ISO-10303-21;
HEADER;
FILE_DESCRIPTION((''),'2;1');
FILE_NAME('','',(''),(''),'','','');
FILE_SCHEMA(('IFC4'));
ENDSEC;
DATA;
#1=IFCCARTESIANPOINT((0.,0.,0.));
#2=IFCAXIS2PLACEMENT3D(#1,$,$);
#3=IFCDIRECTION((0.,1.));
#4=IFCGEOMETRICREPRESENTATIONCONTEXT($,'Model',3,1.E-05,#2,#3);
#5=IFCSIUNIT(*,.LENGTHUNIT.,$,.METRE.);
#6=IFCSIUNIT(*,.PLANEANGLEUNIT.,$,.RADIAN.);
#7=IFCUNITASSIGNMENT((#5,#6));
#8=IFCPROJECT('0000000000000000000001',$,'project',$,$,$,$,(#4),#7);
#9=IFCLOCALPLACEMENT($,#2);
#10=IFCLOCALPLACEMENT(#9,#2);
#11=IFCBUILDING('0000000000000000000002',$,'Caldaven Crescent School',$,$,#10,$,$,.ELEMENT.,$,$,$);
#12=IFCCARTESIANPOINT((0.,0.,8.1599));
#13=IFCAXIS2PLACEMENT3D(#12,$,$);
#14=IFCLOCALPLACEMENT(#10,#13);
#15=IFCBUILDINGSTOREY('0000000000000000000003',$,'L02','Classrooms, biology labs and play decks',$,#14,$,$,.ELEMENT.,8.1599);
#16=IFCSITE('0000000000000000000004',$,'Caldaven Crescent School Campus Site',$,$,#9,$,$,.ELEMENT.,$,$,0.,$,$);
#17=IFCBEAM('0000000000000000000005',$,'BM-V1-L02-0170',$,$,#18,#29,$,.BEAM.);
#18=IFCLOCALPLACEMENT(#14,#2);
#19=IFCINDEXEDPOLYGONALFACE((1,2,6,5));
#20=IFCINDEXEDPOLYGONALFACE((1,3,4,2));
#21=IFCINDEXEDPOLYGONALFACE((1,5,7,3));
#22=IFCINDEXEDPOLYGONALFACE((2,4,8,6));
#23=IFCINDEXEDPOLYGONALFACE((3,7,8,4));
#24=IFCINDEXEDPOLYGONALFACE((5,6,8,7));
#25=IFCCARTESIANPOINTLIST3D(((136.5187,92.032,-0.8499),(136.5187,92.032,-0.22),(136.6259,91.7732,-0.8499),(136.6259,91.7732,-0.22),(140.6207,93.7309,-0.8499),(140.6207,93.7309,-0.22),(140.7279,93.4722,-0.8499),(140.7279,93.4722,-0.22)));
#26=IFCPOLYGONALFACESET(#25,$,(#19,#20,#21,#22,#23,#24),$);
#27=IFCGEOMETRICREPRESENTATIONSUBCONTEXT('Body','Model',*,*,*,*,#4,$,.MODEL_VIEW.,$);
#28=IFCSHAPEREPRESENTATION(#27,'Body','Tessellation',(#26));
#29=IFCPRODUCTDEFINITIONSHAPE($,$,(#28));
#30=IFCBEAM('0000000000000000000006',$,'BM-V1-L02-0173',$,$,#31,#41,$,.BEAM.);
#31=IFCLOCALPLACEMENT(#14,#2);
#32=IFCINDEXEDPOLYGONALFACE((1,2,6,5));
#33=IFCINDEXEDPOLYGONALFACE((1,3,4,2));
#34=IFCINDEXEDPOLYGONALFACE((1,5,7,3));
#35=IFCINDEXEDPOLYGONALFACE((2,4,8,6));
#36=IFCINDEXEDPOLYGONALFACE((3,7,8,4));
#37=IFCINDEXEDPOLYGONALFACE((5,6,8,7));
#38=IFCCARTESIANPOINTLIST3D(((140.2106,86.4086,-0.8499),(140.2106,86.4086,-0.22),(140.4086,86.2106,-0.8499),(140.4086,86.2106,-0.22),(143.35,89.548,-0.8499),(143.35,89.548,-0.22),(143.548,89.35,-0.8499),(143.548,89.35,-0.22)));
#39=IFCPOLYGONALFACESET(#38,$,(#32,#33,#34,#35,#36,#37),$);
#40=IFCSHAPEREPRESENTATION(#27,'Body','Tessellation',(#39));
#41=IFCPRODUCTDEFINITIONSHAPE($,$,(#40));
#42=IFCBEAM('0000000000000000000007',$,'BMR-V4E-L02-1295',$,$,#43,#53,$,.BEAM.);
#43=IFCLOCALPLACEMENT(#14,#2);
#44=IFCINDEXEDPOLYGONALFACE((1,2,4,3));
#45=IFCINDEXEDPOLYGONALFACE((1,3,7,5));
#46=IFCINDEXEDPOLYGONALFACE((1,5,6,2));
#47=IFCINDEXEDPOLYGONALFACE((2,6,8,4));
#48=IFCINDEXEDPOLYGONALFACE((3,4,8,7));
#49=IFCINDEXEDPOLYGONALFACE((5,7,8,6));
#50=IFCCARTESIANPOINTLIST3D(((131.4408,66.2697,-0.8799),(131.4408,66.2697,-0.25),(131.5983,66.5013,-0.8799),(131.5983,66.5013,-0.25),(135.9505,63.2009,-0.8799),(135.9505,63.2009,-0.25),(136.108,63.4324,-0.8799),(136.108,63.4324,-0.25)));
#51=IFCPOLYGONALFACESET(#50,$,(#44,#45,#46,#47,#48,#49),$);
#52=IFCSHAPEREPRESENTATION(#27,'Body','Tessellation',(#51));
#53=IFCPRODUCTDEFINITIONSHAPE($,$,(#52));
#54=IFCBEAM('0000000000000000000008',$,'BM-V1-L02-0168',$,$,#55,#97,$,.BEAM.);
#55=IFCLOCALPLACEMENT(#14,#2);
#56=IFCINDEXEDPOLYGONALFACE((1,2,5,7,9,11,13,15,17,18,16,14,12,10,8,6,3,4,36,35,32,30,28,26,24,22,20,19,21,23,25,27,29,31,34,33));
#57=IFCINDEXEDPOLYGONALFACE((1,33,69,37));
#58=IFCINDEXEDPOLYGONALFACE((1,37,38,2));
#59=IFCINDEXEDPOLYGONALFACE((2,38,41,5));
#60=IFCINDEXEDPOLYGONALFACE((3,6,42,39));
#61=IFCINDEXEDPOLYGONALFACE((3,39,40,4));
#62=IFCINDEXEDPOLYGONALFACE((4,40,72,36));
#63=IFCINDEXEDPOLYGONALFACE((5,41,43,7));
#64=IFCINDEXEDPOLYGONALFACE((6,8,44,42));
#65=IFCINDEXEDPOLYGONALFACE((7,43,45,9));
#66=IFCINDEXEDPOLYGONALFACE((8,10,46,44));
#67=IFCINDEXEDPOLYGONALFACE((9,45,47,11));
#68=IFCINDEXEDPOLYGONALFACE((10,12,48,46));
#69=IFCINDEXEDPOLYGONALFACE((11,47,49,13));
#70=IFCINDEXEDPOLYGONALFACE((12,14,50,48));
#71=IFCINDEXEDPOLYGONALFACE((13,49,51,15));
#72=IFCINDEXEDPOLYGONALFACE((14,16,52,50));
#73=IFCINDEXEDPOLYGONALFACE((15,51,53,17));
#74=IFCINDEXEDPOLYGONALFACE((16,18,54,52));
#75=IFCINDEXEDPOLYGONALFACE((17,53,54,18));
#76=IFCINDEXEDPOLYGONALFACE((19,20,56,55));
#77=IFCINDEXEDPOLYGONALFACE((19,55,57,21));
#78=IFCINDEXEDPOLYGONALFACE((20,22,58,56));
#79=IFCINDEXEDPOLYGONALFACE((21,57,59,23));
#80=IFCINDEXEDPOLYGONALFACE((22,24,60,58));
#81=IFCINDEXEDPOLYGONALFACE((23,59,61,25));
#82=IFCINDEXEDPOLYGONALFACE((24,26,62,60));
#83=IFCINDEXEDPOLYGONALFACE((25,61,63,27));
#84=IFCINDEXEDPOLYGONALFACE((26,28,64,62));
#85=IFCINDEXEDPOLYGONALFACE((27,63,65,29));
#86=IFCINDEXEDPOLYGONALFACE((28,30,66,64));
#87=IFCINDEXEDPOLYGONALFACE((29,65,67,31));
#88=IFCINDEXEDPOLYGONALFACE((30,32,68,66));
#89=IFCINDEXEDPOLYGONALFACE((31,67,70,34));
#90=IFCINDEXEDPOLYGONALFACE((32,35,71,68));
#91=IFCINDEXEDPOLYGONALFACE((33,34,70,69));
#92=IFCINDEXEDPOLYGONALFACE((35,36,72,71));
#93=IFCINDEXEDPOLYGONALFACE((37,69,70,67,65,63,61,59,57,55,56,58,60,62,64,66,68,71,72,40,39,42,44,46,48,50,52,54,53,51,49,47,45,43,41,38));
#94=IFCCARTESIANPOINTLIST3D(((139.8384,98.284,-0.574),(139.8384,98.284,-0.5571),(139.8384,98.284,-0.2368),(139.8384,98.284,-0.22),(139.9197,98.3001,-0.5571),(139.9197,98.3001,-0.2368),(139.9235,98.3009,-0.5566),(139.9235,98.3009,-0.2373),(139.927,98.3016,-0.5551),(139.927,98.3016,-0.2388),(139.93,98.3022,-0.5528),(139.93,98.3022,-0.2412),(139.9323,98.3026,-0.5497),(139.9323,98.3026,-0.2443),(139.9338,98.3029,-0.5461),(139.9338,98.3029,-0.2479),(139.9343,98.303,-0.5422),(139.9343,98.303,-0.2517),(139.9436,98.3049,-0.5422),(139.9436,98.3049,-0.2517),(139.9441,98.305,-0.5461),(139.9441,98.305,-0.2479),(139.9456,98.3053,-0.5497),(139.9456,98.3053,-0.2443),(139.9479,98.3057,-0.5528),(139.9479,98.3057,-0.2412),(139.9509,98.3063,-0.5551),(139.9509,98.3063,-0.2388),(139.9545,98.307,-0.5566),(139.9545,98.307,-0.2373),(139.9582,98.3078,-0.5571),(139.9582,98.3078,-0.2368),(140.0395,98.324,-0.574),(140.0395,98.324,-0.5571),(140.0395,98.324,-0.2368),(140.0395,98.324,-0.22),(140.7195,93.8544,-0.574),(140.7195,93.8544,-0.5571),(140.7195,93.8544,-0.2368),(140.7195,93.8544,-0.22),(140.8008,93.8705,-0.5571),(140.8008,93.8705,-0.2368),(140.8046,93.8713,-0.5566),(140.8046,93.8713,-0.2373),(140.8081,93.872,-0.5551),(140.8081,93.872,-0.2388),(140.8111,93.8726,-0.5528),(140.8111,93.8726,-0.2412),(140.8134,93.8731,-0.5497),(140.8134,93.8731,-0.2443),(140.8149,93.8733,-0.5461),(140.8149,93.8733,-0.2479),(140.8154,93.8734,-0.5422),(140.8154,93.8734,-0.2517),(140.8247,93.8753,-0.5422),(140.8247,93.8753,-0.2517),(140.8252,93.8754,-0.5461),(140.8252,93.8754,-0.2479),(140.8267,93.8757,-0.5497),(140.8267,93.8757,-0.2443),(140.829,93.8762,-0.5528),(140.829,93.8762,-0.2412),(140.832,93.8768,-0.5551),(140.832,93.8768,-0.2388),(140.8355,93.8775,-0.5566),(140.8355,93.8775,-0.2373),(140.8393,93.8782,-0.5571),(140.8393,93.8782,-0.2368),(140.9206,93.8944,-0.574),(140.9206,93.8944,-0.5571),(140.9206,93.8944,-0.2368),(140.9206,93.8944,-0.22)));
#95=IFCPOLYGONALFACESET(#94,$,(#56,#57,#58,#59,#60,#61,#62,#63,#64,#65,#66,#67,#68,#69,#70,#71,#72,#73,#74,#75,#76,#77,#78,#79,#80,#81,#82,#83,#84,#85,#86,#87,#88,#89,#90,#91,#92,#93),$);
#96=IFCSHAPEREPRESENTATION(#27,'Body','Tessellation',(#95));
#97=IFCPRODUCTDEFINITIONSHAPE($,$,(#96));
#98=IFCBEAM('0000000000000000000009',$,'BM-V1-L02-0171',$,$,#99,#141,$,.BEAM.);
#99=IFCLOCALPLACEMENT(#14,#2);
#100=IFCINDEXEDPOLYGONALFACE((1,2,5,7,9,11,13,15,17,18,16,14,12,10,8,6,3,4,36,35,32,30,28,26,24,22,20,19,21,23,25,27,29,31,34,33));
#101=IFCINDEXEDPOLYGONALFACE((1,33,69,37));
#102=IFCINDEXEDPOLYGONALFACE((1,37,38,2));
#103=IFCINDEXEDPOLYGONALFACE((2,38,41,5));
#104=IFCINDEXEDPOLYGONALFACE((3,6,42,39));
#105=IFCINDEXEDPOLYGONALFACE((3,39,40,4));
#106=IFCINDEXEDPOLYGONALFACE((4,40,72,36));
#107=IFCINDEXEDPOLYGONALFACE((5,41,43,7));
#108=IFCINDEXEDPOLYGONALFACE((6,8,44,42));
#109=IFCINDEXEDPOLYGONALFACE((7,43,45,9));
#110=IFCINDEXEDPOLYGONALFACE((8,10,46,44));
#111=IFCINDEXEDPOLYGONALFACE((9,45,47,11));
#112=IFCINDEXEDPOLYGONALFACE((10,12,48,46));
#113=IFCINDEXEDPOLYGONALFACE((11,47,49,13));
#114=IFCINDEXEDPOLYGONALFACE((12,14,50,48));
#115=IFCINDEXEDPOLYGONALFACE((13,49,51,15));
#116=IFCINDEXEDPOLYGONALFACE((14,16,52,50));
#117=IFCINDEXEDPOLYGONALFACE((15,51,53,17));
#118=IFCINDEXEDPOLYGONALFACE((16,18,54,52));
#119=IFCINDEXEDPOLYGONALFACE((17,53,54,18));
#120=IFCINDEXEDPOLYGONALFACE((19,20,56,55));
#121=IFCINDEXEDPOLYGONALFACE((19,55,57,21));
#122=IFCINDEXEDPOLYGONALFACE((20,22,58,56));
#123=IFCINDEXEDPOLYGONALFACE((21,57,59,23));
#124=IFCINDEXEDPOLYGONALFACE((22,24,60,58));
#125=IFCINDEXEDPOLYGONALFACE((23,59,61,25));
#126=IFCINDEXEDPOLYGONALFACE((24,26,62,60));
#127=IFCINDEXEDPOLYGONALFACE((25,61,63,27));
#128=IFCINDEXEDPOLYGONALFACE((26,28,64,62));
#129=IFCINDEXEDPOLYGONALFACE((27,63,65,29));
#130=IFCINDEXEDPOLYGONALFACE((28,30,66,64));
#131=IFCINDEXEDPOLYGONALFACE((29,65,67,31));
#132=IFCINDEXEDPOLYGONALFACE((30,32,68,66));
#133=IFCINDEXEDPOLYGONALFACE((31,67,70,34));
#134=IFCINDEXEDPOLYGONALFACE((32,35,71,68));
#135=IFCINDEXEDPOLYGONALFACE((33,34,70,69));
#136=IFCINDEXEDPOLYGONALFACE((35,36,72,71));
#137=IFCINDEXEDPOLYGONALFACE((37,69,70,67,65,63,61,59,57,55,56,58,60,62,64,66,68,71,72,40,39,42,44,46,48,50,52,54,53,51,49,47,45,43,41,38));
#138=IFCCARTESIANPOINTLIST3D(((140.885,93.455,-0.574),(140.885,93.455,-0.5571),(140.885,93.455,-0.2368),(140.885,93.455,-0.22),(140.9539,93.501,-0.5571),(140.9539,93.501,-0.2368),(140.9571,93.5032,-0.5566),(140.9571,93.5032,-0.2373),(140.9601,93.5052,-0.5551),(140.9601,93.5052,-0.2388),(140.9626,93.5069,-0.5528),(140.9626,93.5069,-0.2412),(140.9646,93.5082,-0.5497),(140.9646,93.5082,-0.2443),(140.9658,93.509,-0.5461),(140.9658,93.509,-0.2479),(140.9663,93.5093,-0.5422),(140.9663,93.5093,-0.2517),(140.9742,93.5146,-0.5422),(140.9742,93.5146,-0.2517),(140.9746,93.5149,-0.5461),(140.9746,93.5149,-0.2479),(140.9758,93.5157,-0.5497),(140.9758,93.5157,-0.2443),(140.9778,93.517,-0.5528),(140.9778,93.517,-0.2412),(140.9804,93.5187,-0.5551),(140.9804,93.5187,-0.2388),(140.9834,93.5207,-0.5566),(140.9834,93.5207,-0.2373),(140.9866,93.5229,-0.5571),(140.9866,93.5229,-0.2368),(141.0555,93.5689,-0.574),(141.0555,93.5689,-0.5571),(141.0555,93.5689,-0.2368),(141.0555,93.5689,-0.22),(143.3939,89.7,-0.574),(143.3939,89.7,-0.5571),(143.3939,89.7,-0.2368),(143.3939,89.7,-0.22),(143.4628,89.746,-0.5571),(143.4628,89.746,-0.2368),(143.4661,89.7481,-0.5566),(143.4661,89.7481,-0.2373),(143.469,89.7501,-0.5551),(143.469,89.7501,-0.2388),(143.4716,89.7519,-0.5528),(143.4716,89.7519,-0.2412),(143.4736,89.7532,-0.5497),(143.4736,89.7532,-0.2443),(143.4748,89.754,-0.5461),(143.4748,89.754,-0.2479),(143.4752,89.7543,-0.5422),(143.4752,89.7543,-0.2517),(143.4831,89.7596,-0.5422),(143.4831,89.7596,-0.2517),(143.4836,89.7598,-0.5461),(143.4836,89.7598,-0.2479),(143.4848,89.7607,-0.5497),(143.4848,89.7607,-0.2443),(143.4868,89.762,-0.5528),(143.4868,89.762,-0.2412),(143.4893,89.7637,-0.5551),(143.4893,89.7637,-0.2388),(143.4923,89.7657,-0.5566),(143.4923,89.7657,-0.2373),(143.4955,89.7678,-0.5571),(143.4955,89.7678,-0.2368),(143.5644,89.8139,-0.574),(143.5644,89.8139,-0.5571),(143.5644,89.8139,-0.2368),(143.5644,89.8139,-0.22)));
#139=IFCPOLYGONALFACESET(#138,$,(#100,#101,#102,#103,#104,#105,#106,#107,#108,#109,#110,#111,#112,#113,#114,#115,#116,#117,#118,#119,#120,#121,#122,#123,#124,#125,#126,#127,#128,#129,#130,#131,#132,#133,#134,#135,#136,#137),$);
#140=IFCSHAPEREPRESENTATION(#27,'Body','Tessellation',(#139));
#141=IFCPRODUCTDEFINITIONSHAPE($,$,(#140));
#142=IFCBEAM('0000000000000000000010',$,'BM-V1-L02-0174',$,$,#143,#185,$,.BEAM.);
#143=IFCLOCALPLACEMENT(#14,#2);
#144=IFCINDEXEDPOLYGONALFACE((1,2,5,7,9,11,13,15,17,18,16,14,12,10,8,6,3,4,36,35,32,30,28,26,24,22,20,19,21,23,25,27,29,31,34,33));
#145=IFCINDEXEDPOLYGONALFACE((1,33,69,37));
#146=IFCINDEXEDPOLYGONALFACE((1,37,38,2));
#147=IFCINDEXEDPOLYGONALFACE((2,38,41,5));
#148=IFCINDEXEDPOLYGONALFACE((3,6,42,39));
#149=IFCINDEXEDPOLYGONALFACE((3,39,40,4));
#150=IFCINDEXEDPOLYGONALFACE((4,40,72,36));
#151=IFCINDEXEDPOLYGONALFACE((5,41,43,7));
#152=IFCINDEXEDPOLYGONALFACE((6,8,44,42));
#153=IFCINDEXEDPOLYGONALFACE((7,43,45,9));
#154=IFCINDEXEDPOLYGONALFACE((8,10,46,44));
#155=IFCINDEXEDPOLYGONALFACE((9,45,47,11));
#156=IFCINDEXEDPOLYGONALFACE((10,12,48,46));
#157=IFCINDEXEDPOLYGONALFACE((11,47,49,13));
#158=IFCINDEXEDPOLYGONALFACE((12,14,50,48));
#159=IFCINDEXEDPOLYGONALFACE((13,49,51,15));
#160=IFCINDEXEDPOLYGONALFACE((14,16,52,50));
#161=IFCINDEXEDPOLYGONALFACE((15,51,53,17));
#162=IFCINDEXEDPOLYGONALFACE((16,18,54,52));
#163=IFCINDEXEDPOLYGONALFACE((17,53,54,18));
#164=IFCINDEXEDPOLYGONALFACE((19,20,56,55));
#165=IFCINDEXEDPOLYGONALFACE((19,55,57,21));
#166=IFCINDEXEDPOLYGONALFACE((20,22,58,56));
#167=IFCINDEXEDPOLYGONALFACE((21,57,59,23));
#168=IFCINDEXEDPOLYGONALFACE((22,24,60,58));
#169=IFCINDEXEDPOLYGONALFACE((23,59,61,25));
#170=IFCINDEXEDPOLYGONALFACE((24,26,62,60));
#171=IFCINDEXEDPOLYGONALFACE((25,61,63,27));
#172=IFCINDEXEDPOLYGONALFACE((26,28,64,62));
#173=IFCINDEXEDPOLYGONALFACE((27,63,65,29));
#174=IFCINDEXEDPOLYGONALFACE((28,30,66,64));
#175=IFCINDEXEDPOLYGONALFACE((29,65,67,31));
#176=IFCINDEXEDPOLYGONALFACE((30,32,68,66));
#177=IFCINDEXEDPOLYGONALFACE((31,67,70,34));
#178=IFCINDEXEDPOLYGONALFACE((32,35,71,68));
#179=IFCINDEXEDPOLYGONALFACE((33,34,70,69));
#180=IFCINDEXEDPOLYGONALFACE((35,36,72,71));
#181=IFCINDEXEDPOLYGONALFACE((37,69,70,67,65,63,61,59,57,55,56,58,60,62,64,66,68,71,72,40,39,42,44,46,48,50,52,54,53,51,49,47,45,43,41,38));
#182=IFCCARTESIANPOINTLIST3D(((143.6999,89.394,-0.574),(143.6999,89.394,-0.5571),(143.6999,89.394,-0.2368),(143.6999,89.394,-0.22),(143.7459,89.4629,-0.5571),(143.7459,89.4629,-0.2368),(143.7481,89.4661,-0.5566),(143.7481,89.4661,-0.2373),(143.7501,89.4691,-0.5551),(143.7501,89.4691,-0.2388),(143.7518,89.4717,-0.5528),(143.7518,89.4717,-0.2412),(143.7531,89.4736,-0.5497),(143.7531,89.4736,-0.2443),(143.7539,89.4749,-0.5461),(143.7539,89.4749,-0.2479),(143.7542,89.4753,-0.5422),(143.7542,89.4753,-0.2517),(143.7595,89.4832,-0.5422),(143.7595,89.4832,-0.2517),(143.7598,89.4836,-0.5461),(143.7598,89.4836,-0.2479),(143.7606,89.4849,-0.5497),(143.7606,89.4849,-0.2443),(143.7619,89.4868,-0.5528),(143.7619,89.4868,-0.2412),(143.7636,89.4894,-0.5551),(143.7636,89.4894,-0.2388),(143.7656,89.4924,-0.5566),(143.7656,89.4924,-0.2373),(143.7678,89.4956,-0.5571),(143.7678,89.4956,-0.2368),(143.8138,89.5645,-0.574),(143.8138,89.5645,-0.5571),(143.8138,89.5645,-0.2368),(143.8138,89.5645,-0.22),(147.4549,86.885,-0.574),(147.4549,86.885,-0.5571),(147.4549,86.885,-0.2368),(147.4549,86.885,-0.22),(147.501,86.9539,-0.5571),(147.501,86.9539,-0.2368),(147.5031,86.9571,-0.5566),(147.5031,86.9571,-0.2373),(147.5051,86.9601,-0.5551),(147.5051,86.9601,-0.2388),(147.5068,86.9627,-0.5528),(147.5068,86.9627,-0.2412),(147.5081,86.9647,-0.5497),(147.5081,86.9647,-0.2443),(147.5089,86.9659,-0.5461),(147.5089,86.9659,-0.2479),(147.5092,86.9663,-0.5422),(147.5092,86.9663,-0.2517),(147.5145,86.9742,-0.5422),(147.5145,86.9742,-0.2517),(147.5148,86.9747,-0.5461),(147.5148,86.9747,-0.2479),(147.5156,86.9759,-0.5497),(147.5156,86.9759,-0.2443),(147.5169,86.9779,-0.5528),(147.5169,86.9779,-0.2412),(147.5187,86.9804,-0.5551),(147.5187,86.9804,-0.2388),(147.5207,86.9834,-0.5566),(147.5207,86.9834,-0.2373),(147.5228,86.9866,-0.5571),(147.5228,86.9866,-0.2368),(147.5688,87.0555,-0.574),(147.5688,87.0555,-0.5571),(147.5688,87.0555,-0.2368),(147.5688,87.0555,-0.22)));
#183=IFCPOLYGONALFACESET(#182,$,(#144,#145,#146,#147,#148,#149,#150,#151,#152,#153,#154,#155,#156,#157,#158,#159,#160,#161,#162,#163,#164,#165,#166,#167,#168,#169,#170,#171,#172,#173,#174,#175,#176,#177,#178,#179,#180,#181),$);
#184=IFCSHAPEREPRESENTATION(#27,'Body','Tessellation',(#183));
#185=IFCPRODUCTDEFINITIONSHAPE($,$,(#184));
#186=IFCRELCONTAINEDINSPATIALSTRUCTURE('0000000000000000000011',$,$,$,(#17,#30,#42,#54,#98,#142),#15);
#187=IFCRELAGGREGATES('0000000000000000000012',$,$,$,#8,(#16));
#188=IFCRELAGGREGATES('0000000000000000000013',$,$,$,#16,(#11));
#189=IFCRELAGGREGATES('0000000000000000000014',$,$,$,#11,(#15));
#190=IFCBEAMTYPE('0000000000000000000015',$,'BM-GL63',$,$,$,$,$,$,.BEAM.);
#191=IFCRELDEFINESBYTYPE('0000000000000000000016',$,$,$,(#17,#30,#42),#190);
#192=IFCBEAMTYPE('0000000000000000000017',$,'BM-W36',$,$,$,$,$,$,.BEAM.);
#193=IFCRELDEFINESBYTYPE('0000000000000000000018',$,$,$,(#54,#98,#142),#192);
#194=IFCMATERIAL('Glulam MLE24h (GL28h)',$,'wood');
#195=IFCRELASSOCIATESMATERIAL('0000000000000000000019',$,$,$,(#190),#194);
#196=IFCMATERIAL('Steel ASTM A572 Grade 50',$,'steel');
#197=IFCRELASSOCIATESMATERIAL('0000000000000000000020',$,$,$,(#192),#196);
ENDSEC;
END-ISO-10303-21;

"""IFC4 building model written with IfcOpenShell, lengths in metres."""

from ifc_helpers import new_model, si_unit, direction, frame, origin, origin_2d, place, context, subcontext, project, spatial, rectangle, i_section, extrude, material, material_profile, profile_set, type_object, element, save


model = new_model("IFC4")

# Units and contexts
model_context = context("Model", 3, precision=1e-05, world=origin(), true_north=direction((0.0, 1.0)))
body_context = subcontext(model_context, "Body", "Model", "MODEL_VIEW")
ifc_project = project(units=[si_unit("LENGTHUNIT", "METRE"), si_unit("PLANEANGLEUNIT", "RADIAN")], contexts=[model_context])

# Site, building, storey
site_placement = place(None, origin())
site = spatial("IfcSite", under=ifc_project, at=site_placement, Name="Caldaven Crescent School Campus Site", CompositionType="ELEMENT", RefElevation=0.0)
building_placement = place(site_placement, origin())
building = spatial("IfcBuilding", under=site, at=building_placement, Name="Caldaven Crescent School", CompositionType="ELEMENT")
storey_placement = place(building_placement, frame((0.0, 0.0, 8.1599)))
storey = spatial("IfcBuildingStorey", under=building, at=storey_placement, Name="L02", Description="Classrooms, biology labs and play decks", CompositionType="ELEMENT", Elevation=8.1599)

# Beams
ifc_material_1 = material(Name="Glulam MLE24h (GL28h)", Category="wood")
ifc_material_profile_1 = material_profile(ifc_material_1, rectangle(XDim=0.28, YDim=0.6299, at=origin_2d()), Name="MLE 280x630")
ifc_profile_set_1 = profile_set([ifc_material_profile_1], Name="Glulam MLE24h (GL28h)")
beam_type_1 = type_object("IfcBeamType", Name="BM-GL63", PredefinedType="BEAM", material=ifc_profile_set_1)
beam_1_placement = place(storey_placement, frame((140.6743, 93.6016, -0.5349), z_axis=(-0.923892, -0.382655, 0.0), x_axis=(0.382655, -0.923892, 0.0)))
element("IfcBeam", 1, at=beam_1_placement, inside=storey, type_object=beam_type_1, Name="BM-V1-L02-0170", PredefinedType="BEAM", context=body_context, shape_type="SweptSolid", body=[
    extrude(rectangle(XDim=0.28, YDim=0.6299, at=origin_2d()), origin(), (0.0, 0.0, 1.0), 4.4399),
])
beam_2_placement = place(storey_placement, frame((143.449, 89.449, -0.5349), z_axis=(-0.707107, -0.707107, 0.0), x_axis=(0.707107, -0.707107, 0.0)))
element("IfcBeam", 2, at=beam_2_placement, inside=storey, type_object=beam_type_1, Name="BM-V1-L02-0173", PredefinedType="BEAM", context=body_context, shape_type="SweptSolid", body=[
    extrude(rectangle(XDim=0.28, YDim=0.6299, at=origin_2d()), origin(), (0.0, 0.0, 1.0), 4.4397),
])
beam_3_placement = place(storey_placement, frame((131.5195, 66.3855, -0.5649), z_axis=(0.826738, -0.562587, 0.0), x_axis=(0.562587, 0.826738, 0.0)))
element("IfcBeam", 3, at=beam_3_placement, inside=storey, type_object=beam_type_1, Name="BMR-V4E-L02-1295", PredefinedType="BEAM", context=body_context, shape_type="SweptSolid", body=[
    extrude(rectangle(XDim=0.28, YDim=0.6299, at=origin_2d()), origin(), (0.0, 0.0, 1.0), 5.4548),
])
ifc_material_2 = material(Name="Steel ASTM A572 Grade 50", Category="steel")
ifc_material_profile_2 = material_profile(ifc_material_2, i_section(OverallWidth=0.2051, OverallDepth=0.354, WebThickness=0.0095, FlangeThickness=0.0168, FilletRadius=0.0149, at=origin_2d()), Name="W360x79")
ifc_profile_set_2 = profile_set([ifc_material_profile_2], Name="Steel ASTM A572 Grade 50")
beam_type_2 = type_object("IfcBeamType", Name="BM-W36", PredefinedType="BEAM", material=ifc_profile_set_2)
beam_4_placement = place(storey_placement, frame((139.939, 98.304, -0.397), z_axis=(0.195087, -0.980786, 0.0), x_axis=(0.980786, 0.195087, 0.0)))
element("IfcBeam", 4, at=beam_4_placement, inside=storey, type_object=beam_type_2, Name="BM-V1-L02-0168", PredefinedType="BEAM", context=body_context, shape_type="SweptSolid", body=[
    extrude(i_section(OverallWidth=0.2051, OverallDepth=0.354, WebThickness=0.0095, FlangeThickness=0.0168, FilletRadius=0.0149, at=origin_2d()), origin(), (0.0, 0.0, 1.0), 4.5164),
])
for number, where, z_axis, x_axis, name in (
    (5, (140.9702, 93.512, -0.397), (0.555561, -0.831476, 0.0), (0.831476, 0.555561, 0.0), "BM-V1-L02-0171"),
    (6, (143.7568, 89.4792, -0.397), (0.831476, -0.555561, 0.0), (0.555561, 0.831476, 0.0), "BM-V1-L02-0174"),
):
    element("IfcBeam", number, at=place(storey_placement, frame(where, z_axis=z_axis, x_axis=x_axis)), inside=storey, type_object=beam_type_2, Name=name, PredefinedType="BEAM", context=body_context, shape_type="SweptSolid", body=[
        extrude(i_section(OverallWidth=0.2051, OverallDepth=0.354, WebThickness=0.0095, FlangeThickness=0.0168, FilletRadius=0.0149, at=origin_2d()), origin(), (0.0, 0.0, 1.0), 4.5161),
    ])

save(model, "model.ifc")
